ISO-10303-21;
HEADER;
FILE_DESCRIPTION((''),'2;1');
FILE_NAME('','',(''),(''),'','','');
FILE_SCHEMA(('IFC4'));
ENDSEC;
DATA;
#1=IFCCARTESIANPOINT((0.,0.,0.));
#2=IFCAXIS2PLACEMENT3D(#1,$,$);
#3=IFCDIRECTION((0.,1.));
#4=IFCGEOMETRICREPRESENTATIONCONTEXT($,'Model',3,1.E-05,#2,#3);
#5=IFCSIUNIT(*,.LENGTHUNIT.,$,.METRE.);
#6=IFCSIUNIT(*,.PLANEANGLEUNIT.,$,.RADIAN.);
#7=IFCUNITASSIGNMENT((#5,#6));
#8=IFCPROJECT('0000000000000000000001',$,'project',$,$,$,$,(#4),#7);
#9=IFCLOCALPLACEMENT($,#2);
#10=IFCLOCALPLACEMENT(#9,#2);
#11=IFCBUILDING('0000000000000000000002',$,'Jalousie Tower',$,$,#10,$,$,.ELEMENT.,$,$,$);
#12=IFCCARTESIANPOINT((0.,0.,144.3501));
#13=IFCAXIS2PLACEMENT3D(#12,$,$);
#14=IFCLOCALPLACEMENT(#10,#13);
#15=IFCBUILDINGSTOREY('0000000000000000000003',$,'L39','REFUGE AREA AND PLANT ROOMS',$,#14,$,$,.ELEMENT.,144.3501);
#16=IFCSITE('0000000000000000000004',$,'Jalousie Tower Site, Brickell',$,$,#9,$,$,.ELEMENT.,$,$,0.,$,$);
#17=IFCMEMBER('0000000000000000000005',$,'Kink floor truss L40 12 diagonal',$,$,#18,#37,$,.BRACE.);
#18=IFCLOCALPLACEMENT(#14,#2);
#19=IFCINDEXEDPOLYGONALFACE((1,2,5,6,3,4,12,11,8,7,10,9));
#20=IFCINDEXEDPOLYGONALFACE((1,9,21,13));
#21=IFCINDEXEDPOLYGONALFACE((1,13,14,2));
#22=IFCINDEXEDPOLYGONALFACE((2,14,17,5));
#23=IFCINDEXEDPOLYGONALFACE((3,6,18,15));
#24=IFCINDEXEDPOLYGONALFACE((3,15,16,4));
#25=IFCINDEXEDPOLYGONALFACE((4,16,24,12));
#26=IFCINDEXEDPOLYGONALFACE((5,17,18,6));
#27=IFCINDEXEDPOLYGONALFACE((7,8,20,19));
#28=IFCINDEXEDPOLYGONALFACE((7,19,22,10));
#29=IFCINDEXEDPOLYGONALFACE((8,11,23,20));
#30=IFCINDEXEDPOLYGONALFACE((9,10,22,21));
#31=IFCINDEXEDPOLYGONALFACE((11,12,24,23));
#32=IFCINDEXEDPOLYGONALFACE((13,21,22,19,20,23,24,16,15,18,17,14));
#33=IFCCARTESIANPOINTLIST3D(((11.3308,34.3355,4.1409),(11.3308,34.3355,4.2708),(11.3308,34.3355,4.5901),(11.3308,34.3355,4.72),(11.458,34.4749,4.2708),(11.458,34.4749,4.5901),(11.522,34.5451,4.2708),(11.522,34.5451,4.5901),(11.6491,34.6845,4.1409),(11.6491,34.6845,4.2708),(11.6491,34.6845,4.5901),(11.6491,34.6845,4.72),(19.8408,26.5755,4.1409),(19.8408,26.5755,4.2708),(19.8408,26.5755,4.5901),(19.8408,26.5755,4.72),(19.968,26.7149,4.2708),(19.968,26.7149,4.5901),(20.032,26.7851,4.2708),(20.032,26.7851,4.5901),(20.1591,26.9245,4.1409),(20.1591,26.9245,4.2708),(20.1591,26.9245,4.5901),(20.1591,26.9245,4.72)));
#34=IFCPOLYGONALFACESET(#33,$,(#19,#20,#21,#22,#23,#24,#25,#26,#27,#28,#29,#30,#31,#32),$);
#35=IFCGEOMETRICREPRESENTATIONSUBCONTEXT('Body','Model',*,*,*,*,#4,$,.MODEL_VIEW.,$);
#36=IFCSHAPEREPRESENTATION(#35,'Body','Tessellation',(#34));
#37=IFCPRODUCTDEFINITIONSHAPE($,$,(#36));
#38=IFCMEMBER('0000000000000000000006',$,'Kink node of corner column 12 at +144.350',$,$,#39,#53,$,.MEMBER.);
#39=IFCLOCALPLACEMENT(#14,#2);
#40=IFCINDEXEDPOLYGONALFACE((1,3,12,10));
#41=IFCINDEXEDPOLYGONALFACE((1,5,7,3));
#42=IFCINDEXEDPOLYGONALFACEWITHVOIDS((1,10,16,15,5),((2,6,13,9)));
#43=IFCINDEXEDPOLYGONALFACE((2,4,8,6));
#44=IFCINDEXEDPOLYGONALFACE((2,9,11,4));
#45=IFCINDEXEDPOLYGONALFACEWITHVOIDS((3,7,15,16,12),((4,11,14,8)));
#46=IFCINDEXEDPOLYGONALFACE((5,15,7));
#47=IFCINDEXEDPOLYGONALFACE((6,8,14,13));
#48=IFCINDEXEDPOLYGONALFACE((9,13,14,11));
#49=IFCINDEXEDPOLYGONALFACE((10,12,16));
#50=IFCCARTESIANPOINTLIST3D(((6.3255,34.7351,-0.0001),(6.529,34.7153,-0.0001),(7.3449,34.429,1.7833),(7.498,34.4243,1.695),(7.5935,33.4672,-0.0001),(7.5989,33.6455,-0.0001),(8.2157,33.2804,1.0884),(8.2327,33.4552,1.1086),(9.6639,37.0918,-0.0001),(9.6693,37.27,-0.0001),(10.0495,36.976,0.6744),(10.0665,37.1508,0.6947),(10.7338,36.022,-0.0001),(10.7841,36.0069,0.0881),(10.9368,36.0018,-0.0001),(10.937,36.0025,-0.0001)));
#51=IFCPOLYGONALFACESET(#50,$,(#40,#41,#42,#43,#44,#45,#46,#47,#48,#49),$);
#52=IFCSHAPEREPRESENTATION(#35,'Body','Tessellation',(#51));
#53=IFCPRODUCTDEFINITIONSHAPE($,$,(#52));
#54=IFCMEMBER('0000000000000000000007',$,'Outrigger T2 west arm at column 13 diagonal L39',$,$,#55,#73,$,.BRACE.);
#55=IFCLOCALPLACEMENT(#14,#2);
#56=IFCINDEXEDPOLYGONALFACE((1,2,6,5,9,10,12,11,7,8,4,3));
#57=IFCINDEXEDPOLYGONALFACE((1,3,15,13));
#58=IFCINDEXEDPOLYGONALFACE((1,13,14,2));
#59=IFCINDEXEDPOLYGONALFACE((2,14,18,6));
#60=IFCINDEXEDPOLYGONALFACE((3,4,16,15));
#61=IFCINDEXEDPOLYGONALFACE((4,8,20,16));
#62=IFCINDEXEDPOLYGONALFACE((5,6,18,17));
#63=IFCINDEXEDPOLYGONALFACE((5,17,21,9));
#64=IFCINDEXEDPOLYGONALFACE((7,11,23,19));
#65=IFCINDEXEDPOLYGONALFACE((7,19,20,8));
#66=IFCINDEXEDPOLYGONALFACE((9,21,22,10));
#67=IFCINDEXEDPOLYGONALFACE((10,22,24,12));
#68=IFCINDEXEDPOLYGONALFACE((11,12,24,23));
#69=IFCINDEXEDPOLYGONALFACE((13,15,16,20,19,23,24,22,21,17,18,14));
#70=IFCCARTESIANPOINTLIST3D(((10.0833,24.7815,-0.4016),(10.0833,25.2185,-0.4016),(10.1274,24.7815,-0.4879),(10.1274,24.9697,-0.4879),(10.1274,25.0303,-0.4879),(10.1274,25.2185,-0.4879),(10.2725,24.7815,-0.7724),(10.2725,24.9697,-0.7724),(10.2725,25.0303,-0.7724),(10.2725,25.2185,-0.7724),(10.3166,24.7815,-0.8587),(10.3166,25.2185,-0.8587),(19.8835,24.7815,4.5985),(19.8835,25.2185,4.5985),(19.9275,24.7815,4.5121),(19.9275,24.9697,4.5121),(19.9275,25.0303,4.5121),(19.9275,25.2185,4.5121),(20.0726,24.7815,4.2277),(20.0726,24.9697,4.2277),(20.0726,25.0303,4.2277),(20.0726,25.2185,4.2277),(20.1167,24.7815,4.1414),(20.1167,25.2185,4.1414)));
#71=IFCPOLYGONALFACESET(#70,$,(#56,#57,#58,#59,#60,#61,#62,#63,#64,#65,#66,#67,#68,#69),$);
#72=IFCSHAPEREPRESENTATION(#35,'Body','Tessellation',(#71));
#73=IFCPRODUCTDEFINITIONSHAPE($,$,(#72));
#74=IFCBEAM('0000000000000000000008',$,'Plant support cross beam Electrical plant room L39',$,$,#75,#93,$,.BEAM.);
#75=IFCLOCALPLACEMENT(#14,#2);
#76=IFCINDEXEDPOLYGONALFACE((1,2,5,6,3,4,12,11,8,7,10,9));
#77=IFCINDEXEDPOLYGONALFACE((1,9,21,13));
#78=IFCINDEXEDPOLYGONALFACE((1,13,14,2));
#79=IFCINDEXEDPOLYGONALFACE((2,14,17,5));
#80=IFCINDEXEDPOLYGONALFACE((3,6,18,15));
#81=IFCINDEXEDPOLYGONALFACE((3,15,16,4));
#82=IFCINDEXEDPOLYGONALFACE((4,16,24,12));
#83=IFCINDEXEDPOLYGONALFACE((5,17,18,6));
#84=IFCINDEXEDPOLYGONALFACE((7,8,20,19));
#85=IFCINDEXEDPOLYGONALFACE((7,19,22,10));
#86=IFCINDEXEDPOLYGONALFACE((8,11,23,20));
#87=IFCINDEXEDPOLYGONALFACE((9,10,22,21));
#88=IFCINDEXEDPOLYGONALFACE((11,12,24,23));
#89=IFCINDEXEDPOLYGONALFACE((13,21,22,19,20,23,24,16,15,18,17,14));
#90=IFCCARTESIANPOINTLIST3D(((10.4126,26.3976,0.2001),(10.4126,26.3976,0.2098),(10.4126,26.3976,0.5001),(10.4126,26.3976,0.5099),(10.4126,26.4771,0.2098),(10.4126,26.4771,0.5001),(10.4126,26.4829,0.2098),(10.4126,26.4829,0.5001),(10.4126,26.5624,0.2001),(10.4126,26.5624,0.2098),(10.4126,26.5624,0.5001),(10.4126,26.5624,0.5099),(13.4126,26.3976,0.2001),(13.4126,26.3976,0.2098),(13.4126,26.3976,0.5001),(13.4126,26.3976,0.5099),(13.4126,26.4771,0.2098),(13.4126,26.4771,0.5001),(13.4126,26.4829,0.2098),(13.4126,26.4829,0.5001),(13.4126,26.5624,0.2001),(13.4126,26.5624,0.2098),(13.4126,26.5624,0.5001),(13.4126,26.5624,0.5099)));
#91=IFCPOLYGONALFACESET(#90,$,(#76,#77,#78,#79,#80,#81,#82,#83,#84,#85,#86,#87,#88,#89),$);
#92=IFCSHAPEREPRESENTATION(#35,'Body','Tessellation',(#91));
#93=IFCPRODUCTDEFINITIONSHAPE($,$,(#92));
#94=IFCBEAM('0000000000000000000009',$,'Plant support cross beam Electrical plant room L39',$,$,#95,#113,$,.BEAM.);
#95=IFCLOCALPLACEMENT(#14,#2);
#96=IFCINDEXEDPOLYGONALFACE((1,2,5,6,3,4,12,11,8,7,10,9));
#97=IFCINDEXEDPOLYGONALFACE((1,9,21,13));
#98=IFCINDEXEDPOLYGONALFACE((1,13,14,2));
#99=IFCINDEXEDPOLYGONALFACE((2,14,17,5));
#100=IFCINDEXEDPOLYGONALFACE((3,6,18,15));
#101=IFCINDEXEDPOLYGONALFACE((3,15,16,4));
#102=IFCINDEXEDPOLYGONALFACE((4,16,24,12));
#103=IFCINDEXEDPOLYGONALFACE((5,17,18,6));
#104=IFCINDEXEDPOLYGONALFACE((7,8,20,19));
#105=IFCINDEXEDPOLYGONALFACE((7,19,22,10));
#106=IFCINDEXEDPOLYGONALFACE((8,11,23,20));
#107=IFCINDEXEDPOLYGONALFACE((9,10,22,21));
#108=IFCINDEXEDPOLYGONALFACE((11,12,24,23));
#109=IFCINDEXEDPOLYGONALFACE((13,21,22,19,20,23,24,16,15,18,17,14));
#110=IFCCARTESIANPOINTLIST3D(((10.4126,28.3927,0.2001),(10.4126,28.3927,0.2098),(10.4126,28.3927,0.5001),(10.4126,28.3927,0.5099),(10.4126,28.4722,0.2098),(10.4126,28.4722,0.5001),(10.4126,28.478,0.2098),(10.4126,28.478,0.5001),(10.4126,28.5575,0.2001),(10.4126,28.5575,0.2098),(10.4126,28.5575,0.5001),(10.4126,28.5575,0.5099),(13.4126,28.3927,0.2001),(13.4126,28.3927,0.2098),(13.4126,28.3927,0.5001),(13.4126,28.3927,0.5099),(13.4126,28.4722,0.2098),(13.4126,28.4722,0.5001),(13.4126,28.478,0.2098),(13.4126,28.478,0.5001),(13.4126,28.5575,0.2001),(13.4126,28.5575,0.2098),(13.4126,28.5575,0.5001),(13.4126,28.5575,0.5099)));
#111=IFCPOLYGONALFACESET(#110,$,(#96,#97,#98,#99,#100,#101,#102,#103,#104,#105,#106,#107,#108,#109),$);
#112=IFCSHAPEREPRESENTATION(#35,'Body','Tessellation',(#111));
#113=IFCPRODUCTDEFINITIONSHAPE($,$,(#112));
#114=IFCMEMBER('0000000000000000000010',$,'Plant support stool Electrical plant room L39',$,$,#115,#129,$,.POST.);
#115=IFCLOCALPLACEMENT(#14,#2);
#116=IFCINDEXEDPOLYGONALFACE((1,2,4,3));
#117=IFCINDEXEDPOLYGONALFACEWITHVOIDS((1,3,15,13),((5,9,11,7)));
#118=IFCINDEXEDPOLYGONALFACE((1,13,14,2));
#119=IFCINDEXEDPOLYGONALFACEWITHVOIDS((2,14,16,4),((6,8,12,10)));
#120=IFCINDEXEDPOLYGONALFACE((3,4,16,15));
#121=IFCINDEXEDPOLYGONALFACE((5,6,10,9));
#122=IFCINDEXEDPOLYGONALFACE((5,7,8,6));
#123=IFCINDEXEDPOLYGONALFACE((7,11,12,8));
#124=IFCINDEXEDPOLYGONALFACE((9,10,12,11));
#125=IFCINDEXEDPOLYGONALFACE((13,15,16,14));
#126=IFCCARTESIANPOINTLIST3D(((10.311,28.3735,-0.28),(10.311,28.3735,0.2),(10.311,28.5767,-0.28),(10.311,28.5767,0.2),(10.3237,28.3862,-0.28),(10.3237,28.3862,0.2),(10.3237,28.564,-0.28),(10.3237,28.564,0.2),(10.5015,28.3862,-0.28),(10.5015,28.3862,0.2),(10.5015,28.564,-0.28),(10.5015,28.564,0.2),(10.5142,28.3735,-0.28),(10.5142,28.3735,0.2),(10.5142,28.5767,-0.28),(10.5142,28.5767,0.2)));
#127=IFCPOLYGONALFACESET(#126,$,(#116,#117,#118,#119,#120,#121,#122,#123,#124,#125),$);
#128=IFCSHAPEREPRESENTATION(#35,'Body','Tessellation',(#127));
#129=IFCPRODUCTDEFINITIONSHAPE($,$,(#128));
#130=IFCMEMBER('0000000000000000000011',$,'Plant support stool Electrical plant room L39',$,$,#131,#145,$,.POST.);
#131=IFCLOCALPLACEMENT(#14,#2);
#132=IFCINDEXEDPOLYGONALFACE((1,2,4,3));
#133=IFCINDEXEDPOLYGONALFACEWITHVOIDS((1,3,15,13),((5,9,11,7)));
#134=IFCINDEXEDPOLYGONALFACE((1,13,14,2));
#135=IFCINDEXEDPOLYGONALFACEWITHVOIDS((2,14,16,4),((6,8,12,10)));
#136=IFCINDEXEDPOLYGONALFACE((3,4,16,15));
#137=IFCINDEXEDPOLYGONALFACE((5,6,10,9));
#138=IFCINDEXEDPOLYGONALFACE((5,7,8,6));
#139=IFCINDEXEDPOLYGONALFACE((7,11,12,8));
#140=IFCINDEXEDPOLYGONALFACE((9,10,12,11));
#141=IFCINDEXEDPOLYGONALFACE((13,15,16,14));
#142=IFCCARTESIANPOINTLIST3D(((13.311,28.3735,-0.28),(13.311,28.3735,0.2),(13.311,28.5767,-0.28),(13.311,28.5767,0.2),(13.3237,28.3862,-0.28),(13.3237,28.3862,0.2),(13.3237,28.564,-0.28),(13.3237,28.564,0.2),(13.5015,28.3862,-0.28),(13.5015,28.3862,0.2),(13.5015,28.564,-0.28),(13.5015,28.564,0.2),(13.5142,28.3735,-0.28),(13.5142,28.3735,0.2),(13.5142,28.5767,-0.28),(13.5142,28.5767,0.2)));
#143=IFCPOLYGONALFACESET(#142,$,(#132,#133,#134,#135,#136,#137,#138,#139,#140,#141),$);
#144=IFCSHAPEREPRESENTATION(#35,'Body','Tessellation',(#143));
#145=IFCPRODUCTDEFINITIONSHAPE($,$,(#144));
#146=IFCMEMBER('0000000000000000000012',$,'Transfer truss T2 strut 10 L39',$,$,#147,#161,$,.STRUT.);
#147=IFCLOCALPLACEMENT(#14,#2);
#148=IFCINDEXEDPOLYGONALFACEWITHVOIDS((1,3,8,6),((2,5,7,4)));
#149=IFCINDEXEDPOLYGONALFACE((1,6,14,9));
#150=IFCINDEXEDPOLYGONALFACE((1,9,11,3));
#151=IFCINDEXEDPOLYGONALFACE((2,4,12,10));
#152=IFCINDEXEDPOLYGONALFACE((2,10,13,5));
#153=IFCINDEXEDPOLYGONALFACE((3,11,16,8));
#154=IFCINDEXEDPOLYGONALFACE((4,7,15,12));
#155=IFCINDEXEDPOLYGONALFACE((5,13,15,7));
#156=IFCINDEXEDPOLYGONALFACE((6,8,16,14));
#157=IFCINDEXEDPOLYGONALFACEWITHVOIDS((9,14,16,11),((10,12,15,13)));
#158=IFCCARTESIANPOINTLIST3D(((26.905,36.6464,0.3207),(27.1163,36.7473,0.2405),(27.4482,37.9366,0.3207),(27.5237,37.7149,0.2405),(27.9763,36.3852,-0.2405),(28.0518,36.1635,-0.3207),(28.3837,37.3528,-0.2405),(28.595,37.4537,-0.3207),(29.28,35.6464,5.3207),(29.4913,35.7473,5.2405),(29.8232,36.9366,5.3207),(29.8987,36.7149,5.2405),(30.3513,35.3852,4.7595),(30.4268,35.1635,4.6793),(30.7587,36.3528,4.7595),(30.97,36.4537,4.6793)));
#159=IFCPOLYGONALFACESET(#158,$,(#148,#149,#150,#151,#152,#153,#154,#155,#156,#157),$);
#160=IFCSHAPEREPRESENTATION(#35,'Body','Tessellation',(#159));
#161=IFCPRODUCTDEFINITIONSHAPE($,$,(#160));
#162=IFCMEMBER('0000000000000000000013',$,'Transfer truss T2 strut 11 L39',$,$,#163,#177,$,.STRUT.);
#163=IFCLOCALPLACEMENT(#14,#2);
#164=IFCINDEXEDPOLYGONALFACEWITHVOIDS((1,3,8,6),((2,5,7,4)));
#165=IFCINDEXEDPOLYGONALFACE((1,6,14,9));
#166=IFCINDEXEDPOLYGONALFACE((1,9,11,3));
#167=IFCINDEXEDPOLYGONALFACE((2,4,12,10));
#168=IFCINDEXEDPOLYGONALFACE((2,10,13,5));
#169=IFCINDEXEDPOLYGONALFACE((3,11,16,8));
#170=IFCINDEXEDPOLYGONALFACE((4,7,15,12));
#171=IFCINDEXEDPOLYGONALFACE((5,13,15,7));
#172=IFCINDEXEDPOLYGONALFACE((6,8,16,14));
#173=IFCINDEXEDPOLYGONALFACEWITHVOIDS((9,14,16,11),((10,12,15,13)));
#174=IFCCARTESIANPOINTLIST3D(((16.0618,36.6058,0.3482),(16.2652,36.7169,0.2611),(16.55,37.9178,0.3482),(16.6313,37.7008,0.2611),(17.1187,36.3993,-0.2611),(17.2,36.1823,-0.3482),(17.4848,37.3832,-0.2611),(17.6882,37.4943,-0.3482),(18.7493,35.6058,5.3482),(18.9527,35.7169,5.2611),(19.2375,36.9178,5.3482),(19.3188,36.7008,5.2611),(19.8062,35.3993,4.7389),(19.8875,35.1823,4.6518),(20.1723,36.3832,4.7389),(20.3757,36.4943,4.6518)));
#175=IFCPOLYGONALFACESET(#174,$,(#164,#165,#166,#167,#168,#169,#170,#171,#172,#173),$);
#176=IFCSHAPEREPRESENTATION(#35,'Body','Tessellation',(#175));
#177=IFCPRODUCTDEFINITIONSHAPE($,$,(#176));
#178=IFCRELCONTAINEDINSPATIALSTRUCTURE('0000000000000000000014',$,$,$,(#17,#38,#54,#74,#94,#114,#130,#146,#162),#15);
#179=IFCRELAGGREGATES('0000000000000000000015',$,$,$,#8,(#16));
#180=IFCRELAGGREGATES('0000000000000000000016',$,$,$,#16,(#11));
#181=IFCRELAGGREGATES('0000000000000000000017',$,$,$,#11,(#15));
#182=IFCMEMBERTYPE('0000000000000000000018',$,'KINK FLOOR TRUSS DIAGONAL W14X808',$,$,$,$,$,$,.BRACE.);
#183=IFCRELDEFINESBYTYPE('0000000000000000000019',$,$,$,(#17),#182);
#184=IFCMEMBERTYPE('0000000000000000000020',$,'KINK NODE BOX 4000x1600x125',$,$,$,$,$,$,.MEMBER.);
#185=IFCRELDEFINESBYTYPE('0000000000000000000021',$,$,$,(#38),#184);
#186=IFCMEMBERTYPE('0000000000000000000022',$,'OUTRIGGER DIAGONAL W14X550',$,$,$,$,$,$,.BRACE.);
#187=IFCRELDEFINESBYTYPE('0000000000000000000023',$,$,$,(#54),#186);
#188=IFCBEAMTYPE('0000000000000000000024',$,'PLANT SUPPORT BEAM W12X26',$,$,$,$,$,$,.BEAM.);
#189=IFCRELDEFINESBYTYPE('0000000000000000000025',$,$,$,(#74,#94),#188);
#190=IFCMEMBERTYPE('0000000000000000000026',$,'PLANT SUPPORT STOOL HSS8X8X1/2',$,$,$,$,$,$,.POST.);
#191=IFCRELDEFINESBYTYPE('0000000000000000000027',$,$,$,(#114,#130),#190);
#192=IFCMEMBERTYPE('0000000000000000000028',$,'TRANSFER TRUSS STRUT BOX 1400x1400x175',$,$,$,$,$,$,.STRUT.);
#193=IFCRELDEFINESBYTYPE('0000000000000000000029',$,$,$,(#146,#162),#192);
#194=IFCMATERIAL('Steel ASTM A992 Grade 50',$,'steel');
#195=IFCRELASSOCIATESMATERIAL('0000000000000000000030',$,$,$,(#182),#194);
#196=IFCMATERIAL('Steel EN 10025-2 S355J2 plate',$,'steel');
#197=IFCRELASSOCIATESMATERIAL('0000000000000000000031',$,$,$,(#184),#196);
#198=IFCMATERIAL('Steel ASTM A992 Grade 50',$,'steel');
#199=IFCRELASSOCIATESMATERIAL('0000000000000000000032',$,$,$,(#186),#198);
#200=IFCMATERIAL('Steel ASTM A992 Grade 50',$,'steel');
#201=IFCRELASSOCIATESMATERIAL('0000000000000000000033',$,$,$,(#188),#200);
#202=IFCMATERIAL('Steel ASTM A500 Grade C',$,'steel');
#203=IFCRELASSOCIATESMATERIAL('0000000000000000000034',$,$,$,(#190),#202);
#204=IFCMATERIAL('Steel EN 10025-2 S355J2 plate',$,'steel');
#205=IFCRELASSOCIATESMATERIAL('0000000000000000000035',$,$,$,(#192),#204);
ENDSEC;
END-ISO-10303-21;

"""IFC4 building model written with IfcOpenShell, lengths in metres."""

from ifc_helpers import new_model, si_unit, direction, frame, origin, origin_2d, place, context, subcontext, project, spatial, hollow_rectangle, i_section, extrude, clip, halfspace, material, material_profile, profile_set, type_object, element, save


model = new_model("IFC4")

# Units and contexts
model_context = context("Model", 3, precision=1e-05, world=origin(), true_north=direction((0.0, 1.0)))
body_context = subcontext(model_context, "Body", "Model", "MODEL_VIEW")
ifc_project = project(units=[si_unit("LENGTHUNIT", "METRE"), si_unit("PLANEANGLEUNIT", "RADIAN")], contexts=[model_context])

# Site, building, storey
site_placement = place(None, origin())
site = spatial("IfcSite", under=ifc_project, at=site_placement, Name="Jalousie Tower Site, Brickell", CompositionType="ELEMENT", RefElevation=0.0)
building_placement = place(site_placement, origin())
building = spatial("IfcBuilding", under=site, at=building_placement, Name="Jalousie Tower", CompositionType="ELEMENT")
storey_placement = place(building_placement, frame((0.0, 0.0, 144.3501)))
storey = spatial("IfcBuildingStorey", under=building, at=storey_placement, Name="L39", Description="REFUGE AREA AND PLANT ROOMS", CompositionType="ELEMENT", Elevation=144.3501)

# Members
ifc_material_1 = material(Name="Steel ASTM A992 Grade 50", Category="steel")
ifc_material_profile_1 = material_profile(ifc_material_1, i_section(OverallWidth=0.4724, OverallDepth=0.5791, WebThickness=0.095, FlangeThickness=0.1299, at=origin_2d()), Name="W14X808")
ifc_profile_set_1 = profile_set([ifc_material_profile_1], Name="Steel ASTM A992 Grade 50")
member_type_1 = type_object("IfcMemberType", Name="KINK FLOOR TRUSS DIAGONAL W14X808", PredefinedType="BRACE", material=ifc_profile_set_1)
member_1_placement = place(storey_placement, frame((11.49, 34.51, 4.4304), z_axis=(0.738918, -0.673796, 0.0), x_axis=(0.673796, 0.738918, 0.0)))
element("IfcMember", 1, at=member_1_placement, inside=storey, type_object=member_type_1, Name="Kink floor truss L40 12 diagonal", PredefinedType="BRACE", context=body_context, shape_type="SweptSolid", body=[
    extrude(i_section(OverallWidth=0.4724, OverallDepth=0.5791, WebThickness=0.095, FlangeThickness=0.1299, at=origin_2d()), origin(), (0.0, 0.0, 1.0), 11.5168),
])
ifc_material_2 = material(Name="Steel EN 10025-2 S355J2 plate", Category="steel")
ifc_material_profile_2 = material_profile(ifc_material_2, hollow_rectangle(XDim=1.6001, YDim=4.0, WallThickness=0.125, at=origin_2d()), Name="BOX 4000x1600x125")
ifc_profile_set_2 = profile_set([ifc_material_profile_2], Name="Steel EN 10025-2 S355J2 plate")
member_type_2 = type_object("IfcMemberType", Name="KINK NODE BOX 4000x1600x125", PredefinedType="MEMBER", material=ifc_profile_set_2)
member_2_placement = place(storey_placement, frame((8.1216, 35.5217, -0.8918), z_axis=(0.490871, -0.147402, 0.858672), x_axis=(0.544169, -0.717817, -0.434304)))
element("IfcMember", 2, at=member_2_placement, inside=storey, type_object=member_type_2, Name="Kink node of corner column 12 at +144.350", PredefinedType="MEMBER", context=body_context, shape_type="Clipping", body=[
    clip(extrude(hollow_rectangle(XDim=1.6001, YDim=4.0, WallThickness=0.125, at=origin_2d()), origin(), (0.0, 0.0, 1.0), 2.0769), halfspace(frame((0.0, 0.0, 1.0386), z_axis=(-0.434304, -0.272144, 0.858672)), True)),
])
ifc_material_3 = material(Name="Steel ASTM A992 Grade 50", Category="steel")
ifc_material_profile_3 = material_profile(ifc_material_3, i_section(OverallWidth=0.437, OverallDepth=0.5132, WebThickness=0.0605, FlangeThickness=0.0969, at=origin_2d()), Name="W14X550")
ifc_profile_set_3 = profile_set([ifc_material_profile_3], Name="Steel ASTM A992 Grade 50")
member_type_3 = type_object("IfcMemberType", Name="OUTRIGGER DIAGONAL W14X550", PredefinedType="BRACE", material=ifc_profile_set_3)
member_3_placement = place(storey_placement, frame((10.2, 25.0, -0.6301), z_axis=(0.890763, 0.0, 0.454469), x_axis=(0.0, 1.0, 0.0)))
element("IfcMember", 3, at=member_3_placement, inside=storey, type_object=member_type_3, Name="Outrigger T2 west arm at column 13 diagonal L39", PredefinedType="BRACE", context=body_context, shape_type="SweptSolid", body=[
    extrude(i_section(OverallWidth=0.437, OverallDepth=0.5132, WebThickness=0.0605, FlangeThickness=0.0969, at=origin_2d()), origin(), (0.0, 0.0, 1.0), 11.002),
])

# Beams
ifc_material_4 = material(Name="Steel ASTM A992 Grade 50", Category="steel")
ifc_material_profile_4 = material_profile(ifc_material_4, i_section(OverallWidth=0.1648, OverallDepth=0.3098, WebThickness=0.0059, FlangeThickness=0.0098, at=origin_2d()), Name="W12X26")
ifc_profile_set_4 = profile_set([ifc_material_profile_4], Name="Steel ASTM A992 Grade 50")
beam_type_1 = type_object("IfcBeamType", Name="PLANT SUPPORT BEAM W12X26", PredefinedType="BEAM", material=ifc_profile_set_4)
for number, where, z_axis, x_axis, name in (
    (4, (10.4126, 26.48, 0.355), (1.0, 0.0, 0.0), (0.0, 1.0, 0.0), "Plant support cross beam Electrical plant room L39"),
    (5, (10.4126, 28.4751, 0.355), (1.0, 0.0, 0.0), (0.0, 1.0, 0.0), "Plant support cross beam Electrical plant room L39"),
):
    element("IfcBeam", number, at=place(storey_placement, frame(where, z_axis=z_axis, x_axis=x_axis)), inside=storey, type_object=beam_type_1, Name=name, PredefinedType="BEAM", context=body_context, shape_type="SweptSolid", body=[
        extrude(i_section(OverallWidth=0.1648, OverallDepth=0.3098, WebThickness=0.0059, FlangeThickness=0.0098, at=origin_2d()), origin(), (0.0, 0.0, 1.0), 3.0),
    ])

# Members
ifc_material_5 = material(Name="Steel ASTM A500 Grade C", Category="steel")
ifc_material_profile_5 = material_profile(ifc_material_5, hollow_rectangle(XDim=0.2031, YDim=0.2031, WallThickness=0.0127, at=origin_2d()), Name="HSS8X8X1/2")
ifc_profile_set_5 = profile_set([ifc_material_profile_5], Name="Steel ASTM A500 Grade C")
member_type_4 = type_object("IfcMemberType", Name="PLANT SUPPORT STOOL HSS8X8X1/2", PredefinedType="POST", material=ifc_profile_set_5)
for number, where, z_axis, x_axis, name in (
    (6, (10.4126, 28.4751, -0.28), (0.0, 0.0, 1.0), (1.0, 0.0, 0.0), "Plant support stool Electrical plant room L39"),
    (7, (13.4126, 28.4751, -0.28), (0.0, 0.0, 1.0), (1.0, 0.0, 0.0), "Plant support stool Electrical plant room L39"),
):
    element("IfcMember", number, at=place(storey_placement, frame(where, z_axis=z_axis, x_axis=x_axis)), inside=storey, type_object=member_type_4, Name=name, PredefinedType="POST", context=body_context, shape_type="SweptSolid", body=[
        extrude(hollow_rectangle(XDim=0.2031, YDim=0.2031, WallThickness=0.0127, at=origin_2d()), origin(), (0.0, 0.0, 1.0), 0.48),
    ])
ifc_material_6 = material(Name="Steel EN 10025-2 S355J2 plate", Category="steel")
ifc_material_profile_6 = material_profile(ifc_material_6, hollow_rectangle(XDim=1.3999, YDim=1.3999, WallThickness=0.175, at=origin_2d()), Name="BOX 1400x1400x175")
ifc_profile_set_6 = profile_set([ifc_material_profile_6], Name="Steel EN 10025-2 S355J2 plate")
member_type_5 = type_object("IfcMemberType", Name="TRANSFER TRUSS STRUT BOX 1400x1400x175", PredefinedType="STRUT", material=ifc_profile_set_6)
member_4_placement = place(storey_placement, frame((27.75, 37.05, 0.0), z_axis=(0.422222, -0.177778, 0.888889), x_axis=(0.388057, 0.921635, 0.0)))
element("IfcMember", 8, at=member_4_placement, inside=storey, type_object=member_type_5, Name="Transfer truss T2 strut 10 L39", PredefinedType="STRUT", context=body_context, shape_type="SweptSolid", body=[
    extrude(hollow_rectangle(XDim=1.3999, YDim=1.3999, WallThickness=0.175, at=origin_2d()), origin(), (0.0, 0.0, 1.0), 5.625),
])
member_5_placement = place(storey_placement, frame((16.875, 37.05, 0.0), z_axis=(0.466263, -0.173493, 0.867467), x_axis=(0.348734, 0.937222, 0.0)))
element("IfcMember", 9, at=member_5_placement, inside=storey, type_object=member_type_5, Name="Transfer truss T2 strut 11 L39", PredefinedType="STRUT", context=body_context, shape_type="SweptSolid", body=[
    extrude(hollow_rectangle(XDim=1.3999, YDim=1.3999, WallThickness=0.175, at=origin_2d()), origin(), (0.0, 0.0, 1.0), 5.7639),
])

save(model, "model.ifc")
